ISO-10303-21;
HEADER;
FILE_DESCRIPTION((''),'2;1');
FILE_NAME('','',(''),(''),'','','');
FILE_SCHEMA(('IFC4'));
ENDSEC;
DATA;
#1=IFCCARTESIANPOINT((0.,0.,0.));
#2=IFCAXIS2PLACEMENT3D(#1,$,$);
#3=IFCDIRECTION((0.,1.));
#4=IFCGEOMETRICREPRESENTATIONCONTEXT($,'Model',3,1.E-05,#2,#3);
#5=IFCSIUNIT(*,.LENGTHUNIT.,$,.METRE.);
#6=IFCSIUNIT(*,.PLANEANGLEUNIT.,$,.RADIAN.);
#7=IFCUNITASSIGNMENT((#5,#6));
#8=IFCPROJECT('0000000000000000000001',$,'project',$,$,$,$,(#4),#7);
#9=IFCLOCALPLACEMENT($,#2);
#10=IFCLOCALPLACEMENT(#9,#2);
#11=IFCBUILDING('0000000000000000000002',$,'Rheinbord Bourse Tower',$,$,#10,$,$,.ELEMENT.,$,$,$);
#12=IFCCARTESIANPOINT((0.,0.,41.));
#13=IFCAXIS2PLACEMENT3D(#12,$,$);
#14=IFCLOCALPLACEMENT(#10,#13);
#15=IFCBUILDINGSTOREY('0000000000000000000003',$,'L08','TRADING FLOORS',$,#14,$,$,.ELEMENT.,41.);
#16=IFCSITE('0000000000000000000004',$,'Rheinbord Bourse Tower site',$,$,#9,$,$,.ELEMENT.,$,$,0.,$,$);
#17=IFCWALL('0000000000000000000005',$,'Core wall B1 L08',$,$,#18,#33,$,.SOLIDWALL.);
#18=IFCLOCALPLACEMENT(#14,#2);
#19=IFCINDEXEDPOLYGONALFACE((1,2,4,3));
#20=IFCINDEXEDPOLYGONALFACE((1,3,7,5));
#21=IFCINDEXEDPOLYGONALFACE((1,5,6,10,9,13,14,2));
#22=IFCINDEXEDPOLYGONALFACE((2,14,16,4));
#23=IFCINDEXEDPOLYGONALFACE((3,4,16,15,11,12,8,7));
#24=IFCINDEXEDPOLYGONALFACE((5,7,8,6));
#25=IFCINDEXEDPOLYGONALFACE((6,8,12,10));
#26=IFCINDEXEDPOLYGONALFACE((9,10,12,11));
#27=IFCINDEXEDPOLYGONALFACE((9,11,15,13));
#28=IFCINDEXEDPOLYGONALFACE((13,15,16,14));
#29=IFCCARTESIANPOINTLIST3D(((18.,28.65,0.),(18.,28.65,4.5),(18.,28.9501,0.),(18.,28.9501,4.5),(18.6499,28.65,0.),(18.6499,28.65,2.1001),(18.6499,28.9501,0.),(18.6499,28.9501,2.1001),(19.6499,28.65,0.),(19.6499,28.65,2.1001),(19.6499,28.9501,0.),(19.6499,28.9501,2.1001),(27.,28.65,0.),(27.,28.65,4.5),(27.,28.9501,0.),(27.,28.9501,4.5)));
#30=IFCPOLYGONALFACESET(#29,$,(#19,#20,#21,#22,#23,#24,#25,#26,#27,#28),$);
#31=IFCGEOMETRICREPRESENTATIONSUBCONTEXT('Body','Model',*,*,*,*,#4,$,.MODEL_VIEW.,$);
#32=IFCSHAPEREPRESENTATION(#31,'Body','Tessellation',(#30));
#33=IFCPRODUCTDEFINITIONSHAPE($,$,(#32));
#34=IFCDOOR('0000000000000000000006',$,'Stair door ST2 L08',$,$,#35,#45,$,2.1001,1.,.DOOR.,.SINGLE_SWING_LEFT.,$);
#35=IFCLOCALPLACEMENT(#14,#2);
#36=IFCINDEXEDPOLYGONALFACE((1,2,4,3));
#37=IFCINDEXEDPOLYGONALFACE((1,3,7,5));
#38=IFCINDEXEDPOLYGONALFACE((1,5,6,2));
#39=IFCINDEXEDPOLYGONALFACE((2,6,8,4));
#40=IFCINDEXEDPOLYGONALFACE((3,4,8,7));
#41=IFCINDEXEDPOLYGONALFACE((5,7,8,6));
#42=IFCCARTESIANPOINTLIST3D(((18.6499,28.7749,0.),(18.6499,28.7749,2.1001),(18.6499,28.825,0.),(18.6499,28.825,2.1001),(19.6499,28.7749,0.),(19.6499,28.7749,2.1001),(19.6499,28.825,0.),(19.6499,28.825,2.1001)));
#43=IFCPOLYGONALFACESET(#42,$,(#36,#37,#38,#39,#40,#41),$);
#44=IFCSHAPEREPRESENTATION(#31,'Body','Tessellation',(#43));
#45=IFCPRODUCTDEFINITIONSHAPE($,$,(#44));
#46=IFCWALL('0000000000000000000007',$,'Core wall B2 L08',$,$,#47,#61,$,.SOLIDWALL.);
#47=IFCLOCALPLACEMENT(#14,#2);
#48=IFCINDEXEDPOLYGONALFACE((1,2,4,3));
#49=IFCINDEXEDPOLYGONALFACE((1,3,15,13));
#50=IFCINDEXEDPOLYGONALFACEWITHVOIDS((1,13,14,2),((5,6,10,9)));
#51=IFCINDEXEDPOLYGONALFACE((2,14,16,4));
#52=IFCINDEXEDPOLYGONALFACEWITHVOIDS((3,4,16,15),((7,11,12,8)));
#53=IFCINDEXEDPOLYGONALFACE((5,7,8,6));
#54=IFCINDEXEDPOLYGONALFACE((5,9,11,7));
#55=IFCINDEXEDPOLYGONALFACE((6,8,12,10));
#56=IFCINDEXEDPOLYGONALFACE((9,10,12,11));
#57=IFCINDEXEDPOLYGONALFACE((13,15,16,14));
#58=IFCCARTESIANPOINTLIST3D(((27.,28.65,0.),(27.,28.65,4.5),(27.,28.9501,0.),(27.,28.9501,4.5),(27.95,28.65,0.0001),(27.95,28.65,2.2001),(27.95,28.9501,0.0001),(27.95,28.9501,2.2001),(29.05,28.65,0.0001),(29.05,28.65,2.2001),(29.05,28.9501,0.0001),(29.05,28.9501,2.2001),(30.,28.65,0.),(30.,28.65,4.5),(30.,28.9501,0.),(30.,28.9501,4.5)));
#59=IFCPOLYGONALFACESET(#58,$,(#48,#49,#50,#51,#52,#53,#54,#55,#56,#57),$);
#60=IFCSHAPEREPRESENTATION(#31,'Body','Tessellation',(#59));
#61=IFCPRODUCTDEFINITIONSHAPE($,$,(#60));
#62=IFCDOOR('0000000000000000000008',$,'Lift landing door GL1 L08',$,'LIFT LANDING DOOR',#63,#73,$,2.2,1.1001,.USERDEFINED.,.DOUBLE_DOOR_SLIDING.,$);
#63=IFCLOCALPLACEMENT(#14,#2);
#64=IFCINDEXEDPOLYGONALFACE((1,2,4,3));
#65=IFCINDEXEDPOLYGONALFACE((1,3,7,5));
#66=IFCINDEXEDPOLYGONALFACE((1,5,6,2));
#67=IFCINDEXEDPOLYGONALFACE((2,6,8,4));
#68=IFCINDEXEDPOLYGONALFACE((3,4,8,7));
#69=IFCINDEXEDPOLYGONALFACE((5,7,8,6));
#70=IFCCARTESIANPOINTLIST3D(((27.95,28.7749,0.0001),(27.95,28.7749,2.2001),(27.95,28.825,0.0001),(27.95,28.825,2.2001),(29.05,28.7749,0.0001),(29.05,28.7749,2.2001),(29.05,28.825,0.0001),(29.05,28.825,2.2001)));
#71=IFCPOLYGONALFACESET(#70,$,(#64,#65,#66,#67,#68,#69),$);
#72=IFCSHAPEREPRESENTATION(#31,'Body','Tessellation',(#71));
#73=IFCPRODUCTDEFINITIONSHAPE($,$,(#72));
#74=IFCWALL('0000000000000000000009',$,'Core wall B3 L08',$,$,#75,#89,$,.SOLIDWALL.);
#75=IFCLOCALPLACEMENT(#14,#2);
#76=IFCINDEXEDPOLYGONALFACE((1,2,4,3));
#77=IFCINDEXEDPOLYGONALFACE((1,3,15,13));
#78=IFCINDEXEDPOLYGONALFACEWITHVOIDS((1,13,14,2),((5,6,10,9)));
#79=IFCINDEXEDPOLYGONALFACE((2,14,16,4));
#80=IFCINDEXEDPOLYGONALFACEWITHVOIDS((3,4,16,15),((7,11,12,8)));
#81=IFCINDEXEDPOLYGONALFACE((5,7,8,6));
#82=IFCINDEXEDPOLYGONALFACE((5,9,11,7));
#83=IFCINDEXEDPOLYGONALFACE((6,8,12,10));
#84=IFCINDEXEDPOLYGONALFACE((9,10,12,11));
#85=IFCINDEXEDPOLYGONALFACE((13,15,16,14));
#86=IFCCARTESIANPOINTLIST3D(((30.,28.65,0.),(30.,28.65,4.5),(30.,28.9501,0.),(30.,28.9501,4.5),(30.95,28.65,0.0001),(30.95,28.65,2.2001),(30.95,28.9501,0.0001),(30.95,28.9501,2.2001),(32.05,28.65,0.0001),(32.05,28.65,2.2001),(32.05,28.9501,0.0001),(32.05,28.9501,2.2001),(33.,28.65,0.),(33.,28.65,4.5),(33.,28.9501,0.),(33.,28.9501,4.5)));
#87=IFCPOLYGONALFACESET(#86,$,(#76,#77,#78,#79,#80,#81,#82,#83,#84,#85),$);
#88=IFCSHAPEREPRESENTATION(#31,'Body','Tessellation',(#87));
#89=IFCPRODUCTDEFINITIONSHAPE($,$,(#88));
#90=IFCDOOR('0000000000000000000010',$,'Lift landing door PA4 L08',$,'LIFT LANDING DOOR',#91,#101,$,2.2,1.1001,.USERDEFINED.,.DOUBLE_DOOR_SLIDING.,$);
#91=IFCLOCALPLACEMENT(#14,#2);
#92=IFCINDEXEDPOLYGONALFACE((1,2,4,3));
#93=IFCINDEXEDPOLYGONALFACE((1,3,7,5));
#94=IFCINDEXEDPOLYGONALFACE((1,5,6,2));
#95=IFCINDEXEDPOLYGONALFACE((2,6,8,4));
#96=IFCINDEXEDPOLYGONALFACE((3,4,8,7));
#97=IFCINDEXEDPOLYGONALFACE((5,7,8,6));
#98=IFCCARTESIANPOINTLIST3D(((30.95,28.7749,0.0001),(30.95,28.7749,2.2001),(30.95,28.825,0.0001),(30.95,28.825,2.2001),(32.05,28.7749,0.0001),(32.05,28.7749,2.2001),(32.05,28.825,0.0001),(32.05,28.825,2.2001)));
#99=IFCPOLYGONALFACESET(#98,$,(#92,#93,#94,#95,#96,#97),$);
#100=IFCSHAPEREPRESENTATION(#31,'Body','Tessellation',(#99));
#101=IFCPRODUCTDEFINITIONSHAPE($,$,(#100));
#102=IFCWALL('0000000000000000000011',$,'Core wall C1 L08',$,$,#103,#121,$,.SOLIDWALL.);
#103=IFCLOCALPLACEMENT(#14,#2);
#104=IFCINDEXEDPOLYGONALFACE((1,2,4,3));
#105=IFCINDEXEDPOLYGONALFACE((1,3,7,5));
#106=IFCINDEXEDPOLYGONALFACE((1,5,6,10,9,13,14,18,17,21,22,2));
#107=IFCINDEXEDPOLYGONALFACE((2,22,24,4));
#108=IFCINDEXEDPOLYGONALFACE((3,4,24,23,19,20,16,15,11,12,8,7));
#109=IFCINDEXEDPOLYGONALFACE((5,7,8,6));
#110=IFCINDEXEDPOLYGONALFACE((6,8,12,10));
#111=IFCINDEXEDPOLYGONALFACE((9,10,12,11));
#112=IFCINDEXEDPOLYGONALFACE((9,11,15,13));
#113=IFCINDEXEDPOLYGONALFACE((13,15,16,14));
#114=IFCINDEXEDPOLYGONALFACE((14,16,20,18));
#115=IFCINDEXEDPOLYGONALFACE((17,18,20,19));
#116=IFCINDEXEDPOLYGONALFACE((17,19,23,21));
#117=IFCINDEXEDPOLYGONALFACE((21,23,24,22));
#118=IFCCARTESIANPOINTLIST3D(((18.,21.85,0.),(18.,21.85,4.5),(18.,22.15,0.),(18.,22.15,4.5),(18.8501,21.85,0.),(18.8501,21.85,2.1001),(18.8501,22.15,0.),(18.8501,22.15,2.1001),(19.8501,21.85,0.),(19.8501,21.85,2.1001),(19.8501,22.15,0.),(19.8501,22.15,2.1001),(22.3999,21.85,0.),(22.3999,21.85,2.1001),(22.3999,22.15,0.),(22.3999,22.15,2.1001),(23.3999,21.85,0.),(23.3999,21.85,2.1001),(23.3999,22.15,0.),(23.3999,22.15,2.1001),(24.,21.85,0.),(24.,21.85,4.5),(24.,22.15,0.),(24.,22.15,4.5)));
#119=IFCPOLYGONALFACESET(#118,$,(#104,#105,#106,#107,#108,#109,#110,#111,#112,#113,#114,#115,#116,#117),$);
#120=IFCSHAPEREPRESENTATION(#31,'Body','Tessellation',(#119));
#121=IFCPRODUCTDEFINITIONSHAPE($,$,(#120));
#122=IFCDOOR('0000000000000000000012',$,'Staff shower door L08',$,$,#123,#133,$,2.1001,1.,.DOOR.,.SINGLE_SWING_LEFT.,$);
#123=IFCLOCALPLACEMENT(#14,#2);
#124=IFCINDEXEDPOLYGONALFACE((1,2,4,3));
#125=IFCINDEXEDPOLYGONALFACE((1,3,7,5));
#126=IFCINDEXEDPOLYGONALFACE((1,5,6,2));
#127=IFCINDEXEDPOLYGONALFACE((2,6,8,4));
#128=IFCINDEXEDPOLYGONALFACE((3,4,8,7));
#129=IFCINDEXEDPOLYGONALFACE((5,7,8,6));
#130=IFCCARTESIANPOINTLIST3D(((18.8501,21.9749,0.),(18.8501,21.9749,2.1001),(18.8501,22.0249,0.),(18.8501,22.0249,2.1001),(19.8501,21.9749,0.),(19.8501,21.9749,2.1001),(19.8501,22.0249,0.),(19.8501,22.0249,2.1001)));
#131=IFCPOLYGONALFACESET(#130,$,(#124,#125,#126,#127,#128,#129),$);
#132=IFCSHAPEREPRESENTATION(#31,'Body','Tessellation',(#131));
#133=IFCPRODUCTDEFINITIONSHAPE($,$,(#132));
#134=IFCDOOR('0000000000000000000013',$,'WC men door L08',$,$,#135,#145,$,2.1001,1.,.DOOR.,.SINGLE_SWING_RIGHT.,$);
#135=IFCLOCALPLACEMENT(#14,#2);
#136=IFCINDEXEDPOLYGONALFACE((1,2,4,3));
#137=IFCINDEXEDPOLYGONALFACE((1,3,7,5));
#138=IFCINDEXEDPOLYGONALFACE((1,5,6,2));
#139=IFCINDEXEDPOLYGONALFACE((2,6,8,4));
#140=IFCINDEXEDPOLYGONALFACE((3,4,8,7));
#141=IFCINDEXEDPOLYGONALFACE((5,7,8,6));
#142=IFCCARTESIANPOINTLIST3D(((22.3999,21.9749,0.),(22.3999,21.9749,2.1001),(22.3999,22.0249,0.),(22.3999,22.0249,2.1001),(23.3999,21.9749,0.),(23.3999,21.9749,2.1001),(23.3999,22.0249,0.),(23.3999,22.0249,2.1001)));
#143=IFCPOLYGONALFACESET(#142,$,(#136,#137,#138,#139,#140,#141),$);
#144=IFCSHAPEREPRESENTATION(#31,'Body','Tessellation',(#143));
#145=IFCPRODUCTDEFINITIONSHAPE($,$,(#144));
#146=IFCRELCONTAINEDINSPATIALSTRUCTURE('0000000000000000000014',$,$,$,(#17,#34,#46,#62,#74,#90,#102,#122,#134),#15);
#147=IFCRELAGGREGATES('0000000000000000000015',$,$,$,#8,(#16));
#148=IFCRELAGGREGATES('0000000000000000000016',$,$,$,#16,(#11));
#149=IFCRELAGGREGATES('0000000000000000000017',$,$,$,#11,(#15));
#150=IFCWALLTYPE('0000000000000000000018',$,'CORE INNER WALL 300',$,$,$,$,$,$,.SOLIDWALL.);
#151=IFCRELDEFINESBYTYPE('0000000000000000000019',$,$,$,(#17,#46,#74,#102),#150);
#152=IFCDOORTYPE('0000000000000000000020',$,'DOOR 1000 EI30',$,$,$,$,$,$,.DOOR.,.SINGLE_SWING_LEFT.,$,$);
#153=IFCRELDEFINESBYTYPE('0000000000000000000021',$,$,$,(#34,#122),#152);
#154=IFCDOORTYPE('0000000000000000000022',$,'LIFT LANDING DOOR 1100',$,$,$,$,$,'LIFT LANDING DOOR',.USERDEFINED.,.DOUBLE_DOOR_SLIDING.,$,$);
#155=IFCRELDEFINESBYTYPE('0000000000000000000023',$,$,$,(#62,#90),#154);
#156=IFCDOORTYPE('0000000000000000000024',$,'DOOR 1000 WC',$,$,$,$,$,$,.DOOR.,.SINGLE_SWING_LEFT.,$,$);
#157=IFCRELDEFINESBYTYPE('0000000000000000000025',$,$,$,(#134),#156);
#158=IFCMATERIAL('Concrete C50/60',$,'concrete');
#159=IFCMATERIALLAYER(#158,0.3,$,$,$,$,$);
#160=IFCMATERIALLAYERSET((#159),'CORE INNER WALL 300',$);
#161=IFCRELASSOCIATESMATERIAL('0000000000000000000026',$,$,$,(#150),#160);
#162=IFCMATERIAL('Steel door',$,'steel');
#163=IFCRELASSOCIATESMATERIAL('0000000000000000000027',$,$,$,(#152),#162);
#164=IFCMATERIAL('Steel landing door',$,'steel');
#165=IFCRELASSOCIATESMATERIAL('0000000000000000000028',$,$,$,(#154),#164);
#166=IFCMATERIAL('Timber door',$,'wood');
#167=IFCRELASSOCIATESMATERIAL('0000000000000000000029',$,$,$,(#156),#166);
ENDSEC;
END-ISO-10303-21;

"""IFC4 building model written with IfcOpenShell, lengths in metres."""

from ifc_helpers import new_model, si_unit, direction, frame, frame_2d, origin, place, context, subcontext, project, spatial, rectangle, extrude, material, layer, layer_set, type_object, element, fill, save


model = new_model("IFC4")

# Units and contexts
model_context = context("Model", 3, precision=1e-05, world=origin(), true_north=direction((0.0, 1.0)))
body_context = subcontext(model_context, "Body", "Model", "MODEL_VIEW")
ifc_project = project(units=[si_unit("LENGTHUNIT", "METRE"), si_unit("PLANEANGLEUNIT", "RADIAN")], contexts=[model_context])

# Site, building, storey
site_placement = place(None, origin())
site = spatial("IfcSite", under=ifc_project, at=site_placement, Name="Rheinbord Bourse Tower site", CompositionType="ELEMENT", RefElevation=0.0)
building_placement = place(site_placement, origin())
building = spatial("IfcBuilding", under=site, at=building_placement, Name="Rheinbord Bourse Tower", CompositionType="ELEMENT")
storey_placement = place(building_placement, frame((0.0, 0.0, 41.0)))
storey = spatial("IfcBuildingStorey", under=building, at=storey_placement, Name="L08", Description="TRADING FLOORS", CompositionType="ELEMENT", Elevation=41.0)

# Walls, openings, doors
ifc_material_1 = material(Name="Concrete C50/60", Category="concrete")
ifc_layer_1 = layer(ifc_material_1, 0.3)
ifc_layer_set_1 = layer_set([ifc_layer_1], Name="CORE INNER WALL 300")
wall_type_1 = type_object("IfcWallType", Name="CORE INNER WALL 300", PredefinedType="SOLIDWALL", material=ifc_layer_set_1)
wall_1_placement = place(storey_placement, frame((18.0, 28.8, 0.0), z_axis=(0.0, 0.0, 1.0), x_axis=(1.0, 0.0, 0.0)))
wall_1 = element("IfcWall", 1, at=wall_1_placement, inside=storey, type_object=wall_type_1, Name="Core wall B1 L08", PredefinedType="SOLIDWALL", context=body_context, shape_type="SweptSolid", body=[
    extrude(rectangle(XDim=9.0, YDim=0.3, at=frame_2d((4.5, 0.0))), origin(), (0.0, 0.0, 1.0), 4.5),
])
opening_1_placement = place(wall_1_placement, frame((0.6499, 0.0, 0.0)))
opening_1 = element("IfcOpeningElement", 2, at=opening_1_placement, cuts=wall_1, PredefinedType="OPENING", context=body_context, shape_type="SweptSolid", body=[
    extrude(rectangle(XDim=1.0, YDim=2.1001, at=frame_2d((0.5, 1.05))), frame((0.0, 0.1599, 0.0), z_axis=(0.0, -1.0, 0.0), x_axis=(1.0, 0.0, 0.0)), (0.0, 0.0, 1.0), 0.3201),
])
ifc_material_2 = material(Name="Steel door", Category="steel")
door_type_1 = type_object("IfcDoorType", Name="DOOR 1000 EI30", OperationType="SINGLE_SWING_LEFT", PredefinedType="DOOR", material=ifc_material_2)
door_1_placement = place(opening_1_placement, origin())
door_1 = element("IfcDoor", 3, at=door_1_placement, inside=storey, type_object=door_type_1, Name="Stair door ST2 L08", OperationType="SINGLE_SWING_LEFT", OverallHeight=2.1001, OverallWidth=1.0, PredefinedType="DOOR", context=body_context, shape_type="SweptSolid", body=[
    extrude(rectangle(XDim=1.0, YDim=2.1001, at=frame_2d((0.5, 1.05))), frame((0.0, 0.0249, 0.0), z_axis=(0.0, -1.0, 0.0), x_axis=(1.0, 0.0, 0.0)), (0.0, 0.0, 1.0), 0.05),
])
fill(opening_1, door_1)
wall_2_placement = place(storey_placement, frame((27.0, 28.8, 0.0), z_axis=(0.0, 0.0, 1.0), x_axis=(1.0, 0.0, 0.0)))
wall_2 = element("IfcWall", 4, at=wall_2_placement, inside=storey, type_object=wall_type_1, Name="Core wall B2 L08", PredefinedType="SOLIDWALL", context=body_context, shape_type="SweptSolid", body=[
    extrude(rectangle(XDim=3.0, YDim=0.3, at=frame_2d((1.5, 0.0))), origin(), (0.0, 0.0, 1.0), 4.5),
])
opening_2_placement = place(wall_2_placement, frame((0.95, 0.0, 0.0)))
opening_2 = element("IfcOpeningElement", 5, at=opening_2_placement, cuts=wall_2, PredefinedType="OPENING", context=body_context, shape_type="SweptSolid", body=[
    extrude(rectangle(XDim=1.1001, YDim=2.2, at=frame_2d((0.55, 1.1001))), frame((0.0, 0.1599, 0.0), z_axis=(0.0, -1.0, 0.0), x_axis=(1.0, 0.0, 0.0)), (0.0, 0.0, 1.0), 0.3201),
])
ifc_material_3 = material(Name="Steel landing door", Category="steel")
door_type_2 = type_object("IfcDoorType", Name="LIFT LANDING DOOR 1100", ElementType="LIFT LANDING DOOR", OperationType="DOUBLE_DOOR_SLIDING", PredefinedType="USERDEFINED", material=ifc_material_3)
door_2_placement = place(opening_2_placement, origin())
door_2 = element("IfcDoor", 6, at=door_2_placement, inside=storey, type_object=door_type_2, Name="Lift landing door GL1 L08", ObjectType="LIFT LANDING DOOR", OperationType="DOUBLE_DOOR_SLIDING", OverallHeight=2.2, OverallWidth=1.1001, PredefinedType="USERDEFINED", context=body_context, shape_type="SweptSolid", body=[
    extrude(rectangle(XDim=1.1001, YDim=2.2, at=frame_2d((0.55, 1.1001))), frame((0.0, 0.0249, 0.0), z_axis=(0.0, -1.0, 0.0), x_axis=(1.0, 0.0, 0.0)), (0.0, 0.0, 1.0), 0.05),
])
fill(opening_2, door_2)
wall_3_placement = place(storey_placement, frame((30.0, 28.8, 0.0), z_axis=(0.0, 0.0, 1.0), x_axis=(1.0, 0.0, 0.0)))
wall_3 = element("IfcWall", 7, at=wall_3_placement, inside=storey, type_object=wall_type_1, Name="Core wall B3 L08", PredefinedType="SOLIDWALL", context=body_context, shape_type="SweptSolid", body=[
    extrude(rectangle(XDim=3.0, YDim=0.3, at=frame_2d((1.5, 0.0))), origin(), (0.0, 0.0, 1.0), 4.5),
])
opening_3_placement = place(wall_3_placement, frame((0.95, 0.0, 0.0)))
opening_3 = element("IfcOpeningElement", 8, at=opening_3_placement, cuts=wall_3, PredefinedType="OPENING", context=body_context, shape_type="SweptSolid", body=[
    extrude(rectangle(XDim=1.1001, YDim=2.2, at=frame_2d((0.55, 1.1001))), frame((0.0, 0.1599, 0.0), z_axis=(0.0, -1.0, 0.0), x_axis=(1.0, 0.0, 0.0)), (0.0, 0.0, 1.0), 0.3201),
])
door_3_placement = place(opening_3_placement, origin())
door_3 = element("IfcDoor", 9, at=door_3_placement, inside=storey, type_object=door_type_2, Name="Lift landing door PA4 L08", ObjectType="LIFT LANDING DOOR", OperationType="DOUBLE_DOOR_SLIDING", OverallHeight=2.2, OverallWidth=1.1001, PredefinedType="USERDEFINED", context=body_context, shape_type="SweptSolid", body=[
    extrude(rectangle(XDim=1.1001, YDim=2.2, at=frame_2d((0.55, 1.1001))), frame((0.0, 0.0249, 0.0), z_axis=(0.0, -1.0, 0.0), x_axis=(1.0, 0.0, 0.0)), (0.0, 0.0, 1.0), 0.05),
])
fill(opening_3, door_3)

# Wall, openings, doors
wall_4_placement = place(storey_placement, frame((18.0, 22.0, 0.0), z_axis=(0.0, 0.0, 1.0), x_axis=(1.0, 0.0, 0.0)))
wall_4 = element("IfcWall", 10, at=wall_4_placement, inside=storey, type_object=wall_type_1, Name="Core wall C1 L08", PredefinedType="SOLIDWALL", context=body_context, shape_type="SweptSolid", body=[
    extrude(rectangle(XDim=6.0, YDim=0.3, at=frame_2d((3.0, 0.0))), origin(), (0.0, 0.0, 1.0), 4.5),
])
opening_4_placement = place(wall_4_placement, frame((4.3999, 0.0, 0.0)))
opening_4 = element("IfcOpeningElement", 11, at=opening_4_placement, cuts=wall_4, PredefinedType="OPENING", context=body_context, shape_type="SweptSolid", body=[
    extrude(rectangle(XDim=1.0, YDim=2.1001, at=frame_2d((0.5, 1.05))), frame((0.0, 0.1599, 0.0), z_axis=(0.0, -1.0, 0.0), x_axis=(1.0, 0.0, 0.0)), (0.0, 0.0, 1.0), 0.3201),
])
opening_5_placement = place(wall_4_placement, frame((0.8501, 0.0, 0.0)))
opening_5 = element("IfcOpeningElement", 12, at=opening_5_placement, cuts=wall_4, PredefinedType="OPENING", context=body_context, shape_type="SweptSolid", body=[
    extrude(rectangle(XDim=1.0, YDim=2.1001, at=frame_2d((0.5, 1.05))), frame((0.0, 0.1599, 0.0), z_axis=(0.0, -1.0, 0.0), x_axis=(1.0, 0.0, 0.0)), (0.0, 0.0, 1.0), 0.3201),
])
door_4_placement = place(opening_5_placement, origin())
door_4 = element("IfcDoor", 13, at=door_4_placement, inside=storey, type_object=door_type_1, Name="Staff shower door L08", OperationType="SINGLE_SWING_LEFT", OverallHeight=2.1001, OverallWidth=1.0, PredefinedType="DOOR", context=body_context, shape_type="SweptSolid", body=[
    extrude(rectangle(XDim=1.0, YDim=2.1001, at=frame_2d((0.5, 1.05))), frame((0.0, 0.0249, 0.0), z_axis=(0.0, -1.0, 0.0), x_axis=(1.0, 0.0, 0.0)), (0.0, 0.0, 1.0), 0.05),
])
fill(opening_5, door_4)
ifc_material_4 = material(Name="Timber door", Category="wood")
door_type_3 = type_object("IfcDoorType", Name="DOOR 1000 WC", OperationType="SINGLE_SWING_LEFT", PredefinedType="DOOR", material=ifc_material_4)
door_5_placement = place(opening_4_placement, origin())
door_5 = element("IfcDoor", 14, at=door_5_placement, inside=storey, type_object=door_type_3, Name="WC men door L08", OperationType="SINGLE_SWING_RIGHT", OverallHeight=2.1001, OverallWidth=1.0, PredefinedType="DOOR", context=body_context, shape_type="SweptSolid", body=[
    extrude(rectangle(XDim=1.0, YDim=2.1001, at=frame_2d((0.5, 1.05))), frame((0.0, 0.0249, 0.0), z_axis=(0.0, -1.0, 0.0), x_axis=(1.0, 0.0, 0.0)), (0.0, 0.0, 1.0), 0.05),
])
fill(opening_4, door_5)

save(model, "model.ifc")
